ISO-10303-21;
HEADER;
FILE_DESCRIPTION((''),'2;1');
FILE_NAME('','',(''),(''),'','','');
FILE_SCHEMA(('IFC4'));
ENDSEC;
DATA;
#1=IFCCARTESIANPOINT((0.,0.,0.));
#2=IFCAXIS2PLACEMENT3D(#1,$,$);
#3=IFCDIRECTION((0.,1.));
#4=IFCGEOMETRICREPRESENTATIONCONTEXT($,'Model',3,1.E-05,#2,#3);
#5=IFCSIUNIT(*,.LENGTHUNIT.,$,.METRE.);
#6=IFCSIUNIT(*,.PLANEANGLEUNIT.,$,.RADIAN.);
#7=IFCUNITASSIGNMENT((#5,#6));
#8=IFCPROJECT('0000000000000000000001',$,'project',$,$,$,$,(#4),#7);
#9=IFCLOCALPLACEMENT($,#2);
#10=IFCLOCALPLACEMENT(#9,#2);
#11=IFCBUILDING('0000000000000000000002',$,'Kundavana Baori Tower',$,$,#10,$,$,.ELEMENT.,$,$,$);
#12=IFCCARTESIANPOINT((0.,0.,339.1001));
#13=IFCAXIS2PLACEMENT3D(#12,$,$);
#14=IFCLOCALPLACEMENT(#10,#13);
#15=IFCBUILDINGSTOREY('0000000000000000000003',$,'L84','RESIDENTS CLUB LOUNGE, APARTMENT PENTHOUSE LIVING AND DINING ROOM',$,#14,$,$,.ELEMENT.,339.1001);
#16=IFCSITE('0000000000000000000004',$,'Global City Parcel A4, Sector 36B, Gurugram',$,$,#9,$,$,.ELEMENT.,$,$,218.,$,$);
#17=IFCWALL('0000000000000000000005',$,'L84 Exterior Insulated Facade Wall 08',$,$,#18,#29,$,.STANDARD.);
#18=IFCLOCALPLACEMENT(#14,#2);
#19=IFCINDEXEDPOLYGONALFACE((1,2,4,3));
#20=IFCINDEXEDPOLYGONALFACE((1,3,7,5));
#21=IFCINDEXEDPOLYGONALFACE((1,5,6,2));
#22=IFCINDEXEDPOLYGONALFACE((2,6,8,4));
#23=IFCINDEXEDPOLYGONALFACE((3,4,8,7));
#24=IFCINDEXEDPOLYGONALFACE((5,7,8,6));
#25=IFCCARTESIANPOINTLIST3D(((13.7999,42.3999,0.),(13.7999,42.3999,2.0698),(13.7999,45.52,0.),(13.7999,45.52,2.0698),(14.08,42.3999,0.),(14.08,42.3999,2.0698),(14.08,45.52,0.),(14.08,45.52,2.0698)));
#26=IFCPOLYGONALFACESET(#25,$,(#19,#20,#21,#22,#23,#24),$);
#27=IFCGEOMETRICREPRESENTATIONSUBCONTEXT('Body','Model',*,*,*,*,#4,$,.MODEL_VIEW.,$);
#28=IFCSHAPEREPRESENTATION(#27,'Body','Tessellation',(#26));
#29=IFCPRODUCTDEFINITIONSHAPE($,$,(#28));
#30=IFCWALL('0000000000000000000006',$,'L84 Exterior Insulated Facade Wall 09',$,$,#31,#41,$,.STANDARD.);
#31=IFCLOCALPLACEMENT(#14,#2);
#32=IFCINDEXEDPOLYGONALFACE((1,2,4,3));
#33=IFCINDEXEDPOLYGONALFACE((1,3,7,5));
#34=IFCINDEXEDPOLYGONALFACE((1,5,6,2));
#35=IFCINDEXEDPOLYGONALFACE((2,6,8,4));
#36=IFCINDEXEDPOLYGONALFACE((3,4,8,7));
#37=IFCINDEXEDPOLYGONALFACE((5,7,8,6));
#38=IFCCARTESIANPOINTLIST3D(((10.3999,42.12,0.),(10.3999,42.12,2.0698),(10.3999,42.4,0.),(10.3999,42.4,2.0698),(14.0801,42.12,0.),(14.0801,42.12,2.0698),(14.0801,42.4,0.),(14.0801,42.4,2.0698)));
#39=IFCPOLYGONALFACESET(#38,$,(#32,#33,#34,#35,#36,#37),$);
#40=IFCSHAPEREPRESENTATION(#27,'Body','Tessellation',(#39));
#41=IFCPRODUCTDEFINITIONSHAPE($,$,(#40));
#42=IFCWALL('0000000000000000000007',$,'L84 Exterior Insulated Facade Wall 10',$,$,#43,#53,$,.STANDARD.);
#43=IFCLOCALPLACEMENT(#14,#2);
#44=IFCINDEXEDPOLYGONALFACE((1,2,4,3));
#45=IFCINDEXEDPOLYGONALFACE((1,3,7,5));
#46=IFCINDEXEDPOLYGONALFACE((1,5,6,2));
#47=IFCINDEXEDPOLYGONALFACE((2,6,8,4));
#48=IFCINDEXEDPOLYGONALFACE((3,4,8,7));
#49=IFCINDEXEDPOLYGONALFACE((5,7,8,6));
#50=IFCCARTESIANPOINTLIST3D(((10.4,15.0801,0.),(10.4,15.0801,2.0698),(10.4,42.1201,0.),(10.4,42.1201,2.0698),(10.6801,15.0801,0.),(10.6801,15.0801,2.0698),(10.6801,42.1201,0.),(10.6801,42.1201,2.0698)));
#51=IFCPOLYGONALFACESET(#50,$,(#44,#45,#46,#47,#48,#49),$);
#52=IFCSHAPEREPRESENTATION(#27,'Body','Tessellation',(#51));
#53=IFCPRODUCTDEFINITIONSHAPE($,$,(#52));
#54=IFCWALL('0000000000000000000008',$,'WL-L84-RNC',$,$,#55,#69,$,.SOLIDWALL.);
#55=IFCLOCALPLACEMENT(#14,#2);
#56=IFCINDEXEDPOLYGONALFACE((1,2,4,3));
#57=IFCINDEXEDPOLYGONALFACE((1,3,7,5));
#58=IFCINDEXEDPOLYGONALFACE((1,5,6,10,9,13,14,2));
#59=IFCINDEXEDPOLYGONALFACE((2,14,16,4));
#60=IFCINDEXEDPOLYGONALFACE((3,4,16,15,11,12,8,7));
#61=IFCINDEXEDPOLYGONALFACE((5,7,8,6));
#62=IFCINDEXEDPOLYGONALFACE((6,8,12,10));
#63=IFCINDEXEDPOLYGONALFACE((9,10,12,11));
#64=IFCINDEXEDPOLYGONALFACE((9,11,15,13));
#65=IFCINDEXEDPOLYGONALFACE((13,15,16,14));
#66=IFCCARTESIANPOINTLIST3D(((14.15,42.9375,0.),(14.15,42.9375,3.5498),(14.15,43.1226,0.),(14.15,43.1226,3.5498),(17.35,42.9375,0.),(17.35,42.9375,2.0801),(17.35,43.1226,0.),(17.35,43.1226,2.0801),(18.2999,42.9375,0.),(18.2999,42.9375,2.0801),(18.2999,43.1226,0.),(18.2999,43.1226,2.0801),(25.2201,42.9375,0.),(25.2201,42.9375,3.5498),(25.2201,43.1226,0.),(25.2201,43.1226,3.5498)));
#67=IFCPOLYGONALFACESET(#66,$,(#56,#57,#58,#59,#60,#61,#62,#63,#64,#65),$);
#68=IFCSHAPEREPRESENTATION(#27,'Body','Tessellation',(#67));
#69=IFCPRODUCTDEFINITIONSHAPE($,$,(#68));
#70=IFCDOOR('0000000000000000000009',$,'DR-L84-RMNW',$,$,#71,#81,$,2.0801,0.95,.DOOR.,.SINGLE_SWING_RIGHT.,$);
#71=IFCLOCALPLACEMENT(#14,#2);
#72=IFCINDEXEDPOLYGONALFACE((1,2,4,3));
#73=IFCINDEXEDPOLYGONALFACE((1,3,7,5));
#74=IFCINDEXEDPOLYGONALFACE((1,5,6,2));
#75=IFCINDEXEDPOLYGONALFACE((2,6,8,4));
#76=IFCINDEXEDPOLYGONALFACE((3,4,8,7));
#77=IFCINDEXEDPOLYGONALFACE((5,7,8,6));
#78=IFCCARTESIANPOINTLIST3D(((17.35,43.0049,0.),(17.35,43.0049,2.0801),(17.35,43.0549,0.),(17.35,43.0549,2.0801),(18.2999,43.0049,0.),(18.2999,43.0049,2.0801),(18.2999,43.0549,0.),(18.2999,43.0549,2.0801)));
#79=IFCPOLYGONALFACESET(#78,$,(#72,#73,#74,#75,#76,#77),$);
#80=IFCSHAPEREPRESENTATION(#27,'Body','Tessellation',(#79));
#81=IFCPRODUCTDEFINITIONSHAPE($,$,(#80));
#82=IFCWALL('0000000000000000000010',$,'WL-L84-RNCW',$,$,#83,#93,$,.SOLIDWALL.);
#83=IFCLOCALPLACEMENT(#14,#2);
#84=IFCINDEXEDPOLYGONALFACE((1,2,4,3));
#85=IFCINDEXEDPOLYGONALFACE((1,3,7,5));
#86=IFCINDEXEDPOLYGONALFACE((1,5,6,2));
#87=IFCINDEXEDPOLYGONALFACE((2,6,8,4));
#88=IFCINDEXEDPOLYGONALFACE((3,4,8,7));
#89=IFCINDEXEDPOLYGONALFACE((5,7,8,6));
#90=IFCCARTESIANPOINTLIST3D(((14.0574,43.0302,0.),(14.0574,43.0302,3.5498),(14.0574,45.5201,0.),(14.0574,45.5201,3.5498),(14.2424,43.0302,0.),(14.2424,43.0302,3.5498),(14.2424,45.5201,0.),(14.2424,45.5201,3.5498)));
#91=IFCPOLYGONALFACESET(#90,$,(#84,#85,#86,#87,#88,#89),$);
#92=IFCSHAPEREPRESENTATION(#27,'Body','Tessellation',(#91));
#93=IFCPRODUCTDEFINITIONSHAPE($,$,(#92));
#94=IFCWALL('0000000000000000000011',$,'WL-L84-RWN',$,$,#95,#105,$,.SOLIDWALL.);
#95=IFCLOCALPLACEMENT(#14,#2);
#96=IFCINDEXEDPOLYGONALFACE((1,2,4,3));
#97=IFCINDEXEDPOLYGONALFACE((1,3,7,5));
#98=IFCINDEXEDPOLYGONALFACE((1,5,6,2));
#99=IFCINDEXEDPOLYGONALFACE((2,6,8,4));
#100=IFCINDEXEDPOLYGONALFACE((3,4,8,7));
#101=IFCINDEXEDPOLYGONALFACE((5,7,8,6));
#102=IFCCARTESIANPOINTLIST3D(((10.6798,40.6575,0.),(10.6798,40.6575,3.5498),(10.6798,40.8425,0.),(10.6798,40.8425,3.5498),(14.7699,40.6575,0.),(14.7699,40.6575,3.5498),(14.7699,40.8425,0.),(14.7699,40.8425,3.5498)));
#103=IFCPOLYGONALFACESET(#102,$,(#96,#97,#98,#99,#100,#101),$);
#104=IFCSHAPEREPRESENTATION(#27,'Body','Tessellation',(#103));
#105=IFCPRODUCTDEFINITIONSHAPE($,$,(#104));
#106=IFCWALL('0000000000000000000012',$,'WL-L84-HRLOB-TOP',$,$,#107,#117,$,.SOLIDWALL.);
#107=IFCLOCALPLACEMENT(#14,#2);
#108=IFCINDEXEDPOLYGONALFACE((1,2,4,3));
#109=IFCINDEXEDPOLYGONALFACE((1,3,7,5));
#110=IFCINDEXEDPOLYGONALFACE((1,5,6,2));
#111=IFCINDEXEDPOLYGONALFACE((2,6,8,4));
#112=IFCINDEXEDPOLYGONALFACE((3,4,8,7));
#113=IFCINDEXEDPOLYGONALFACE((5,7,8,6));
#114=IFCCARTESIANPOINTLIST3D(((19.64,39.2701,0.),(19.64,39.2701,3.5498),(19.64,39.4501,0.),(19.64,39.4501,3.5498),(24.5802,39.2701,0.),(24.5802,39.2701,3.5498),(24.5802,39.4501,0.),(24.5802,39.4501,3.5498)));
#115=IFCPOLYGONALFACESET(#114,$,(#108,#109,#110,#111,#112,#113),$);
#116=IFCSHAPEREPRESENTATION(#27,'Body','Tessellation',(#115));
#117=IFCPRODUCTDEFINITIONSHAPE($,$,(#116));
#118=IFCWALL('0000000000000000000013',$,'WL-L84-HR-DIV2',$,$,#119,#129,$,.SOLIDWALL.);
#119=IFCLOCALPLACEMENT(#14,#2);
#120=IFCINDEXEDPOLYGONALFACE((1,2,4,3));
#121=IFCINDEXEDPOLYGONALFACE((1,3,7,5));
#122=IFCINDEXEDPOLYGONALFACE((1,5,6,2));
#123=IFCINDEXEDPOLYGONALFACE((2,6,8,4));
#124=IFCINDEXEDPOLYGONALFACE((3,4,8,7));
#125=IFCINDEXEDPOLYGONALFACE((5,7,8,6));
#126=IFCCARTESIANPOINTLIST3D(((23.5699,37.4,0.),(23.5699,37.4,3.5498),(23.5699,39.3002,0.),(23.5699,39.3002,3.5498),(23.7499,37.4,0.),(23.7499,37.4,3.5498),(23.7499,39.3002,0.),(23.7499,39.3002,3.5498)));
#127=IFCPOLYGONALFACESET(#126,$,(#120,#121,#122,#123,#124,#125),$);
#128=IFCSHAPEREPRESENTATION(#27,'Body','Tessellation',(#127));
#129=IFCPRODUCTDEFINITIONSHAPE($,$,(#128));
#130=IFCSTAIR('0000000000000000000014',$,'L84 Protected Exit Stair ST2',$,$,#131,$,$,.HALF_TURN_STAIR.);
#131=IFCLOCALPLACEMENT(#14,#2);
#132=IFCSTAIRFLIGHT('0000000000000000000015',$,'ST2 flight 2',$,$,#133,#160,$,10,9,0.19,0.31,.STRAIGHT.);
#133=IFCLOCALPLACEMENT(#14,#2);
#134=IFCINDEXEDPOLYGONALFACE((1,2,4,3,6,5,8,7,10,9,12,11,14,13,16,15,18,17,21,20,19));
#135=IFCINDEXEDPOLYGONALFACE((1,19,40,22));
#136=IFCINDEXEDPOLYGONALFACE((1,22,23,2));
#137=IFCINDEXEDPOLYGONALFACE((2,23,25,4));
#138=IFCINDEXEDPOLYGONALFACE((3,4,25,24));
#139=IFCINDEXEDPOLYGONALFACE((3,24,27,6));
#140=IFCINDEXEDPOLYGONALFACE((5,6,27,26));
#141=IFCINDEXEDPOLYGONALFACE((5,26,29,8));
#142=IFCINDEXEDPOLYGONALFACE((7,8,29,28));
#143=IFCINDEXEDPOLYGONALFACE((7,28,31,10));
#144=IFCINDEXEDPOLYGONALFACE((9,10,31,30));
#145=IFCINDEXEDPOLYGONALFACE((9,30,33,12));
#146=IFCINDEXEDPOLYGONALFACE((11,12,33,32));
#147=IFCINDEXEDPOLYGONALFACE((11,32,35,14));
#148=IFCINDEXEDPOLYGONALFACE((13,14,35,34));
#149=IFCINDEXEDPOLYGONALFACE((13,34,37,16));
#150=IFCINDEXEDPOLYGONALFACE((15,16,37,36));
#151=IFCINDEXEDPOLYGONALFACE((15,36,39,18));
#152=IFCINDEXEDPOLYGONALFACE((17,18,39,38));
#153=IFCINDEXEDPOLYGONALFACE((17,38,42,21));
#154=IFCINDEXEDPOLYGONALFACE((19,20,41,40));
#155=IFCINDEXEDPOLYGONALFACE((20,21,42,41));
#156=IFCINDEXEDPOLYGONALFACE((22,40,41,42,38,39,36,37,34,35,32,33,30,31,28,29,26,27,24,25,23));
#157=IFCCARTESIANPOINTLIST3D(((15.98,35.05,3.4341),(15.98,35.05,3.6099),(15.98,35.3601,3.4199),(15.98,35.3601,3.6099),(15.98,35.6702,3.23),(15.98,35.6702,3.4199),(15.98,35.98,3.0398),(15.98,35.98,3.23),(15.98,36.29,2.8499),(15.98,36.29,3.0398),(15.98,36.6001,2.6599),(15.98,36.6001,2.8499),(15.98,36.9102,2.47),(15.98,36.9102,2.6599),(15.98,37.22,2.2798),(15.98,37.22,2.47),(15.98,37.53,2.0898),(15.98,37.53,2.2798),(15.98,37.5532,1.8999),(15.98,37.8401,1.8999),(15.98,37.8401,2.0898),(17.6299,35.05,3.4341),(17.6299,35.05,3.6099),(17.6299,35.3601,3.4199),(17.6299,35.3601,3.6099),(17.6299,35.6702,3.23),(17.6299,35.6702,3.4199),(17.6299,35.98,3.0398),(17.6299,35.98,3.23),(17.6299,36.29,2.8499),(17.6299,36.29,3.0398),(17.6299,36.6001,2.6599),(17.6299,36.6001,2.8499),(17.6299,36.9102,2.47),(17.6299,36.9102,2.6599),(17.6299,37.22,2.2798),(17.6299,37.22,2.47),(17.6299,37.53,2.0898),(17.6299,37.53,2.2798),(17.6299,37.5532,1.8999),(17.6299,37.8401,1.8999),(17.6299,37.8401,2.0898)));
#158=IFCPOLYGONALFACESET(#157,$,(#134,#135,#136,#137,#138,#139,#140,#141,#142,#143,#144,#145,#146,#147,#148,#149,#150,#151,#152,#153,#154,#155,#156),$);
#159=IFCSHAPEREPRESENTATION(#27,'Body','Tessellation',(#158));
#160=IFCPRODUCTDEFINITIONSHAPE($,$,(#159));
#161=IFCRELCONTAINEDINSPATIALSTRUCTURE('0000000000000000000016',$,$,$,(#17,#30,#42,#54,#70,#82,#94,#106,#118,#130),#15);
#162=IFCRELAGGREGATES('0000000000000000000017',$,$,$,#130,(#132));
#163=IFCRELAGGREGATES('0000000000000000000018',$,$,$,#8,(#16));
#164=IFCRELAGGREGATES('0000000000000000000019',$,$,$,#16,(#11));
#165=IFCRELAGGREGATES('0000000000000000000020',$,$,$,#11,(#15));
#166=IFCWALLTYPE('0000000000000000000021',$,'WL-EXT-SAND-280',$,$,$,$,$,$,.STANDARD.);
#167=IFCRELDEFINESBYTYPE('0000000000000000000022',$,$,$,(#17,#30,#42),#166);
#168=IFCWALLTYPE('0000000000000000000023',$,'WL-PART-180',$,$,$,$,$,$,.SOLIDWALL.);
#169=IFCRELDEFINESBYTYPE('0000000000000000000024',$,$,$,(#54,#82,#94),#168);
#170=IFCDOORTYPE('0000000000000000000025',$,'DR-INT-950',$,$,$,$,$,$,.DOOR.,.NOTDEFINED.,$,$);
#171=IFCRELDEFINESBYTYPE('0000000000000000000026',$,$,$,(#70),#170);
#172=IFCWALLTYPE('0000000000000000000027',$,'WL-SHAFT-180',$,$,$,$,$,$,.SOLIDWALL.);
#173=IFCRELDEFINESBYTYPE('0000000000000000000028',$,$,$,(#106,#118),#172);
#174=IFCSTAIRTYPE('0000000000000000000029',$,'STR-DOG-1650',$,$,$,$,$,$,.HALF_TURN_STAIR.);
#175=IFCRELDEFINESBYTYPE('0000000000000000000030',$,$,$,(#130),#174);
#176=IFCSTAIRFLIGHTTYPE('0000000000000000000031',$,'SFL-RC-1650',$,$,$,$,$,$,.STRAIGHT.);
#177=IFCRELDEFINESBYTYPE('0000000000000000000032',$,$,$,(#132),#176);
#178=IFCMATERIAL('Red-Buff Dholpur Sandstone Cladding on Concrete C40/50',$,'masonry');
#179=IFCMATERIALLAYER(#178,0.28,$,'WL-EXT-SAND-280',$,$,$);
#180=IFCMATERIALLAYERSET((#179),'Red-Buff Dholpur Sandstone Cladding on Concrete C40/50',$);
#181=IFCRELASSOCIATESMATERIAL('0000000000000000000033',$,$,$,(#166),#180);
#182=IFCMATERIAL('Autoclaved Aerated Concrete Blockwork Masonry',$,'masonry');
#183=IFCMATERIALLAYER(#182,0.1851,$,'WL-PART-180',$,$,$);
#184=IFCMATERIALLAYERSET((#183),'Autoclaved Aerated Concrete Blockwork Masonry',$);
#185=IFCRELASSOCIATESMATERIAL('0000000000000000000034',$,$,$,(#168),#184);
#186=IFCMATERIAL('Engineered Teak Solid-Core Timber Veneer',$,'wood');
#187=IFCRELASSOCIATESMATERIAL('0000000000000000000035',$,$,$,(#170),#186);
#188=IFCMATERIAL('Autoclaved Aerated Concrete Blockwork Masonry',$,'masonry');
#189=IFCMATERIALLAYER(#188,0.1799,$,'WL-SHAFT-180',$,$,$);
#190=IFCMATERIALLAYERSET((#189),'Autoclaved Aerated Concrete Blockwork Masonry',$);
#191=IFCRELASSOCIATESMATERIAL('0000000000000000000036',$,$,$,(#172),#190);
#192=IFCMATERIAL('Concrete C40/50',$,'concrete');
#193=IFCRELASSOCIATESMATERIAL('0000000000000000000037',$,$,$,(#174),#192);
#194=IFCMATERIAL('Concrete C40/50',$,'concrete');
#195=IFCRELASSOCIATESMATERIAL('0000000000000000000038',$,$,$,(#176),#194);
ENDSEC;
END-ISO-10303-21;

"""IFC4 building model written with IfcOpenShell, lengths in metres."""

from ifc_helpers import new_model, si_unit, direction, frame, frame_2d, origin, place, context, subcontext, project, spatial, polyline, rectangle, outline, extrude, material, layer, layer_set, type_object, element, fill, aggregate, save


model = new_model("IFC4")

# Units and contexts
model_context = context("Model", 3, precision=1e-05, world=origin(), true_north=direction((0.0, 1.0)))
body_context = subcontext(model_context, "Body", "Model", "MODEL_VIEW")
ifc_project = project(units=[si_unit("LENGTHUNIT", "METRE"), si_unit("PLANEANGLEUNIT", "RADIAN")], contexts=[model_context])

# Site, building, storey
site_placement = place(None, origin())
site = spatial("IfcSite", under=ifc_project, at=site_placement, Name="Global City Parcel A4, Sector 36B, Gurugram", CompositionType="ELEMENT", RefElevation=218.0)
building_placement = place(site_placement, origin())
building = spatial("IfcBuilding", under=site, at=building_placement, Name="Kundavana Baori Tower", CompositionType="ELEMENT")
storey_placement = place(building_placement, frame((0.0, 0.0, 339.1001)))
storey = spatial("IfcBuildingStorey", under=building, at=storey_placement, Name="L84", Description="RESIDENTS CLUB LOUNGE, APARTMENT PENTHOUSE LIVING AND DINING ROOM", CompositionType="ELEMENT", Elevation=339.1001)

# Walls
ifc_material_1 = material(Name="Red-Buff Dholpur Sandstone Cladding on Concrete C40/50", Category="masonry")
ifc_layer_1 = layer(ifc_material_1, 0.28, Name="WL-EXT-SAND-280")
ifc_layer_set_1 = layer_set([ifc_layer_1], Name="Red-Buff Dholpur Sandstone Cladding on Concrete C40/50")
wall_type_1 = type_object("IfcWallType", Name="WL-EXT-SAND-280", PredefinedType="STANDARD", material=ifc_layer_set_1)
wall_1_placement = place(storey_placement, frame((13.9399, 45.52, 0.0), z_axis=(0.0, 0.0, 1.0), x_axis=(0.0, -1.0, 0.0)))
element("IfcWall", 1, at=wall_1_placement, inside=storey, type_object=wall_type_1, Name="L84 Exterior Insulated Facade Wall 08", PredefinedType="STANDARD", context=body_context, shape_type="SweptSolid", body=[
    extrude(rectangle(XDim=3.1201, YDim=0.28, at=frame_2d((1.5601, 0.0))), origin(), (0.0, 0.0, 1.0), 2.0698),
])
wall_2_placement = place(storey_placement, frame((14.0801, 42.26, 0.0), z_axis=(0.0, 0.0, 1.0), x_axis=(-1.0, 0.0, 0.0)))
element("IfcWall", 2, at=wall_2_placement, inside=storey, type_object=wall_type_1, Name="L84 Exterior Insulated Facade Wall 09", PredefinedType="STANDARD", context=body_context, shape_type="SweptSolid", body=[
    extrude(rectangle(XDim=3.6802, YDim=0.28, at=frame_2d((1.8401, 0.0))), origin(), (0.0, 0.0, 1.0), 2.0698),
])
wall_3_placement = place(storey_placement, frame((10.54, 42.1201, 0.0), z_axis=(0.0, 0.0, 1.0), x_axis=(0.0, -1.0, 0.0)))
element("IfcWall", 3, at=wall_3_placement, inside=storey, type_object=wall_type_1, Name="L84 Exterior Insulated Facade Wall 10", PredefinedType="STANDARD", context=body_context, shape_type="SweptSolid", body=[
    extrude(rectangle(XDim=27.04, YDim=0.28, at=frame_2d((13.52, 0.0))), origin(), (0.0, 0.0, 1.0), 2.0698),
])

# Wall, opening, door
ifc_material_2 = material(Name="Autoclaved Aerated Concrete Blockwork Masonry", Category="masonry")
ifc_layer_2 = layer(ifc_material_2, 0.1851, Name="WL-PART-180")
ifc_layer_set_2 = layer_set([ifc_layer_2], Name="Autoclaved Aerated Concrete Blockwork Masonry")
wall_type_2 = type_object("IfcWallType", Name="WL-PART-180", PredefinedType="SOLIDWALL", material=ifc_layer_set_2)
wall_4_placement = place(storey_placement, frame((14.1499, 43.03, 0.0), z_axis=(0.0, 0.0, 1.0), x_axis=(1.0, 0.0, 0.0)))
wall_4 = element("IfcWall", 4, at=wall_4_placement, inside=storey, type_object=wall_type_2, Name="WL-L84-RNC", PredefinedType="SOLIDWALL", context=body_context, shape_type="SweptSolid", body=[
    extrude(rectangle(XDim=11.0701, YDim=0.1851, at=frame_2d((5.5352, 0.0))), origin(), (0.0, 0.0, 1.0), 3.5498),
])
opening_placement = place(wall_4_placement, frame((3.2, 0.0, 0.0)))
opening = element("IfcOpeningElement", 5, at=opening_placement, cuts=wall_4, PredefinedType="OPENING", context=body_context, shape_type="SweptSolid", body=[
    extrude(rectangle(XDim=0.95, YDim=2.0801, at=frame_2d((0.4751, 1.04))), frame((0.0, 0.1025, 0.0), z_axis=(0.0, -1.0, 0.0), x_axis=(1.0, 0.0, 0.0)), (0.0, 0.0, 1.0), 0.2051),
])
ifc_material_3 = material(Name="Engineered Teak Solid-Core Timber Veneer", Category="wood")
door_type = type_object("IfcDoorType", Name="DR-INT-950", OperationType="NOTDEFINED", PredefinedType="DOOR", material=ifc_material_3)
door_placement = place(opening_placement, origin())
door = element("IfcDoor", 6, at=door_placement, inside=storey, type_object=door_type, Name="DR-L84-RMNW", OperationType="SINGLE_SWING_RIGHT", OverallHeight=2.0801, OverallWidth=0.95, PredefinedType="DOOR", context=body_context, shape_type="SweptSolid", body=[
    extrude(rectangle(XDim=0.95, YDim=2.0801, at=frame_2d((0.4751, 1.04))), frame((0.0, 0.0249, 0.0), z_axis=(0.0, -1.0, 0.0), x_axis=(1.0, 0.0, 0.0)), (0.0, 0.0, 1.0), 0.05),
])
fill(opening, door)

# Walls
wall_5_placement = place(storey_placement, frame((14.1499, 43.03, 0.0), z_axis=(0.0, 0.0, 1.0), x_axis=(0.0, 1.0, 0.0)))
element("IfcWall", 7, at=wall_5_placement, inside=storey, type_object=wall_type_2, Name="WL-L84-RNCW", PredefinedType="SOLIDWALL", context=body_context, shape_type="SweptSolid", body=[
    extrude(rectangle(XDim=2.49, YDim=0.1851, at=frame_2d((1.2451, 0.0))), origin(), (0.0, 0.0, 1.0), 3.5498),
])
wall_6_placement = place(storey_placement, frame((10.6799, 40.75, 0.0), z_axis=(0.0, 0.0, 1.0), x_axis=(1.0, 0.0, 0.0)))
element("IfcWall", 8, at=wall_6_placement, inside=storey, type_object=wall_type_2, Name="WL-L84-RWN", PredefinedType="SOLIDWALL", context=body_context, shape_type="SweptSolid", body=[
    extrude(rectangle(XDim=4.0901, YDim=0.1851, at=frame_2d((2.0449, 0.0))), origin(), (0.0, 0.0, 1.0), 3.5498),
])
ifc_material_4 = material(Name="Autoclaved Aerated Concrete Blockwork Masonry", Category="masonry")
ifc_layer_3 = layer(ifc_material_4, 0.1799, Name="WL-SHAFT-180")
ifc_layer_set_3 = layer_set([ifc_layer_3], Name="Autoclaved Aerated Concrete Blockwork Masonry")
wall_type_3 = type_object("IfcWallType", Name="WL-SHAFT-180", PredefinedType="SOLIDWALL", material=ifc_layer_set_3)
wall_7_placement = place(storey_placement, frame((19.6399, 39.3601, 0.0), z_axis=(0.0, 0.0, 1.0), x_axis=(1.0, 0.0, 0.0)))
element("IfcWall", 9, at=wall_7_placement, inside=storey, type_object=wall_type_3, Name="WL-L84-HRLOB-TOP", PredefinedType="SOLIDWALL", context=body_context, shape_type="SweptSolid", body=[
    extrude(rectangle(XDim=4.9402, YDim=0.1799, at=frame_2d((2.4702, 0.0))), origin(), (0.0, 0.0, 1.0), 3.5498),
])
wall_8_placement = place(storey_placement, frame((23.6599, 37.3999, 0.0), z_axis=(0.0, 0.0, 1.0), x_axis=(0.0, 1.0, 0.0)))
element("IfcWall", 10, at=wall_8_placement, inside=storey, type_object=wall_type_3, Name="WL-L84-HR-DIV2", PredefinedType="SOLIDWALL", context=body_context, shape_type="SweptSolid", body=[
    extrude(rectangle(XDim=1.9001, YDim=0.1799, at=frame_2d((0.9502, 0.0))), origin(), (0.0, 0.0, 1.0), 3.5498),
])

# Stair, stair flight
ifc_material_5 = material(Name="Concrete C40/50", Category="concrete")
stair_type = type_object("IfcStairType", Name="STR-DOG-1650", PredefinedType="HALF_TURN_STAIR", material=ifc_material_5)
stair_placement = place(storey_placement, origin())
stair = element("IfcStair", 11, at=stair_placement, inside=storey, type_object=stair_type, Name="L84 Protected Exit Stair ST2", PredefinedType="HALF_TURN_STAIR")
ifc_material_6 = material(Name="Concrete C40/50", Category="concrete")
stair_flight_type = type_object("IfcStairFlightType", Name="SFL-RC-1650", PredefinedType="STRAIGHT", material=ifc_material_6)
stair_flight_placement = place(storey_placement, frame((16.8049, 37.8401, 1.8999), z_axis=(0.0, 0.0, 1.0), x_axis=(0.0, -1.0, 0.0)))
stair_flight = element("IfcStairFlight", 12, at=stair_flight_placement, type_object=stair_flight_type, Name="ST2 flight 2", NumberOfRisers=10, NumberOfTreads=9, PredefinedType="STRAIGHT", RiserHeight=0.19, TreadLength=0.31, context=body_context, shape_type="SweptSolid", body=[
    extrude(outline(polyline([(0.0, 0.0), (0.0, 0.1899), (0.3101, 0.1899), (0.3101, 0.3799), (0.6201, 0.3799), (0.6201, 0.5701), (0.9299, 0.5701), (0.9299, 0.76), (1.24, 0.76), (1.24, 0.95), (1.55, 0.95), (1.55, 1.1399), (1.8601, 1.1399), (1.8601, 1.3301), (2.1699, 1.3301), (2.1699, 1.52), (2.48, 1.52), (2.48, 1.71), (2.79, 1.71), (2.79, 1.8999), (2.79, 1.5342), (0.2869, 0.0), (0.0, 0.0)])), frame((0.0, 0.825, 0.0), z_axis=(0.0, -1.0, 0.0), x_axis=(1.0, 0.0, 0.0)), (0.0, 0.0, 1.0), 1.6499),
])
aggregate(stair, [stair_flight])

save(model, "model.ifc")
